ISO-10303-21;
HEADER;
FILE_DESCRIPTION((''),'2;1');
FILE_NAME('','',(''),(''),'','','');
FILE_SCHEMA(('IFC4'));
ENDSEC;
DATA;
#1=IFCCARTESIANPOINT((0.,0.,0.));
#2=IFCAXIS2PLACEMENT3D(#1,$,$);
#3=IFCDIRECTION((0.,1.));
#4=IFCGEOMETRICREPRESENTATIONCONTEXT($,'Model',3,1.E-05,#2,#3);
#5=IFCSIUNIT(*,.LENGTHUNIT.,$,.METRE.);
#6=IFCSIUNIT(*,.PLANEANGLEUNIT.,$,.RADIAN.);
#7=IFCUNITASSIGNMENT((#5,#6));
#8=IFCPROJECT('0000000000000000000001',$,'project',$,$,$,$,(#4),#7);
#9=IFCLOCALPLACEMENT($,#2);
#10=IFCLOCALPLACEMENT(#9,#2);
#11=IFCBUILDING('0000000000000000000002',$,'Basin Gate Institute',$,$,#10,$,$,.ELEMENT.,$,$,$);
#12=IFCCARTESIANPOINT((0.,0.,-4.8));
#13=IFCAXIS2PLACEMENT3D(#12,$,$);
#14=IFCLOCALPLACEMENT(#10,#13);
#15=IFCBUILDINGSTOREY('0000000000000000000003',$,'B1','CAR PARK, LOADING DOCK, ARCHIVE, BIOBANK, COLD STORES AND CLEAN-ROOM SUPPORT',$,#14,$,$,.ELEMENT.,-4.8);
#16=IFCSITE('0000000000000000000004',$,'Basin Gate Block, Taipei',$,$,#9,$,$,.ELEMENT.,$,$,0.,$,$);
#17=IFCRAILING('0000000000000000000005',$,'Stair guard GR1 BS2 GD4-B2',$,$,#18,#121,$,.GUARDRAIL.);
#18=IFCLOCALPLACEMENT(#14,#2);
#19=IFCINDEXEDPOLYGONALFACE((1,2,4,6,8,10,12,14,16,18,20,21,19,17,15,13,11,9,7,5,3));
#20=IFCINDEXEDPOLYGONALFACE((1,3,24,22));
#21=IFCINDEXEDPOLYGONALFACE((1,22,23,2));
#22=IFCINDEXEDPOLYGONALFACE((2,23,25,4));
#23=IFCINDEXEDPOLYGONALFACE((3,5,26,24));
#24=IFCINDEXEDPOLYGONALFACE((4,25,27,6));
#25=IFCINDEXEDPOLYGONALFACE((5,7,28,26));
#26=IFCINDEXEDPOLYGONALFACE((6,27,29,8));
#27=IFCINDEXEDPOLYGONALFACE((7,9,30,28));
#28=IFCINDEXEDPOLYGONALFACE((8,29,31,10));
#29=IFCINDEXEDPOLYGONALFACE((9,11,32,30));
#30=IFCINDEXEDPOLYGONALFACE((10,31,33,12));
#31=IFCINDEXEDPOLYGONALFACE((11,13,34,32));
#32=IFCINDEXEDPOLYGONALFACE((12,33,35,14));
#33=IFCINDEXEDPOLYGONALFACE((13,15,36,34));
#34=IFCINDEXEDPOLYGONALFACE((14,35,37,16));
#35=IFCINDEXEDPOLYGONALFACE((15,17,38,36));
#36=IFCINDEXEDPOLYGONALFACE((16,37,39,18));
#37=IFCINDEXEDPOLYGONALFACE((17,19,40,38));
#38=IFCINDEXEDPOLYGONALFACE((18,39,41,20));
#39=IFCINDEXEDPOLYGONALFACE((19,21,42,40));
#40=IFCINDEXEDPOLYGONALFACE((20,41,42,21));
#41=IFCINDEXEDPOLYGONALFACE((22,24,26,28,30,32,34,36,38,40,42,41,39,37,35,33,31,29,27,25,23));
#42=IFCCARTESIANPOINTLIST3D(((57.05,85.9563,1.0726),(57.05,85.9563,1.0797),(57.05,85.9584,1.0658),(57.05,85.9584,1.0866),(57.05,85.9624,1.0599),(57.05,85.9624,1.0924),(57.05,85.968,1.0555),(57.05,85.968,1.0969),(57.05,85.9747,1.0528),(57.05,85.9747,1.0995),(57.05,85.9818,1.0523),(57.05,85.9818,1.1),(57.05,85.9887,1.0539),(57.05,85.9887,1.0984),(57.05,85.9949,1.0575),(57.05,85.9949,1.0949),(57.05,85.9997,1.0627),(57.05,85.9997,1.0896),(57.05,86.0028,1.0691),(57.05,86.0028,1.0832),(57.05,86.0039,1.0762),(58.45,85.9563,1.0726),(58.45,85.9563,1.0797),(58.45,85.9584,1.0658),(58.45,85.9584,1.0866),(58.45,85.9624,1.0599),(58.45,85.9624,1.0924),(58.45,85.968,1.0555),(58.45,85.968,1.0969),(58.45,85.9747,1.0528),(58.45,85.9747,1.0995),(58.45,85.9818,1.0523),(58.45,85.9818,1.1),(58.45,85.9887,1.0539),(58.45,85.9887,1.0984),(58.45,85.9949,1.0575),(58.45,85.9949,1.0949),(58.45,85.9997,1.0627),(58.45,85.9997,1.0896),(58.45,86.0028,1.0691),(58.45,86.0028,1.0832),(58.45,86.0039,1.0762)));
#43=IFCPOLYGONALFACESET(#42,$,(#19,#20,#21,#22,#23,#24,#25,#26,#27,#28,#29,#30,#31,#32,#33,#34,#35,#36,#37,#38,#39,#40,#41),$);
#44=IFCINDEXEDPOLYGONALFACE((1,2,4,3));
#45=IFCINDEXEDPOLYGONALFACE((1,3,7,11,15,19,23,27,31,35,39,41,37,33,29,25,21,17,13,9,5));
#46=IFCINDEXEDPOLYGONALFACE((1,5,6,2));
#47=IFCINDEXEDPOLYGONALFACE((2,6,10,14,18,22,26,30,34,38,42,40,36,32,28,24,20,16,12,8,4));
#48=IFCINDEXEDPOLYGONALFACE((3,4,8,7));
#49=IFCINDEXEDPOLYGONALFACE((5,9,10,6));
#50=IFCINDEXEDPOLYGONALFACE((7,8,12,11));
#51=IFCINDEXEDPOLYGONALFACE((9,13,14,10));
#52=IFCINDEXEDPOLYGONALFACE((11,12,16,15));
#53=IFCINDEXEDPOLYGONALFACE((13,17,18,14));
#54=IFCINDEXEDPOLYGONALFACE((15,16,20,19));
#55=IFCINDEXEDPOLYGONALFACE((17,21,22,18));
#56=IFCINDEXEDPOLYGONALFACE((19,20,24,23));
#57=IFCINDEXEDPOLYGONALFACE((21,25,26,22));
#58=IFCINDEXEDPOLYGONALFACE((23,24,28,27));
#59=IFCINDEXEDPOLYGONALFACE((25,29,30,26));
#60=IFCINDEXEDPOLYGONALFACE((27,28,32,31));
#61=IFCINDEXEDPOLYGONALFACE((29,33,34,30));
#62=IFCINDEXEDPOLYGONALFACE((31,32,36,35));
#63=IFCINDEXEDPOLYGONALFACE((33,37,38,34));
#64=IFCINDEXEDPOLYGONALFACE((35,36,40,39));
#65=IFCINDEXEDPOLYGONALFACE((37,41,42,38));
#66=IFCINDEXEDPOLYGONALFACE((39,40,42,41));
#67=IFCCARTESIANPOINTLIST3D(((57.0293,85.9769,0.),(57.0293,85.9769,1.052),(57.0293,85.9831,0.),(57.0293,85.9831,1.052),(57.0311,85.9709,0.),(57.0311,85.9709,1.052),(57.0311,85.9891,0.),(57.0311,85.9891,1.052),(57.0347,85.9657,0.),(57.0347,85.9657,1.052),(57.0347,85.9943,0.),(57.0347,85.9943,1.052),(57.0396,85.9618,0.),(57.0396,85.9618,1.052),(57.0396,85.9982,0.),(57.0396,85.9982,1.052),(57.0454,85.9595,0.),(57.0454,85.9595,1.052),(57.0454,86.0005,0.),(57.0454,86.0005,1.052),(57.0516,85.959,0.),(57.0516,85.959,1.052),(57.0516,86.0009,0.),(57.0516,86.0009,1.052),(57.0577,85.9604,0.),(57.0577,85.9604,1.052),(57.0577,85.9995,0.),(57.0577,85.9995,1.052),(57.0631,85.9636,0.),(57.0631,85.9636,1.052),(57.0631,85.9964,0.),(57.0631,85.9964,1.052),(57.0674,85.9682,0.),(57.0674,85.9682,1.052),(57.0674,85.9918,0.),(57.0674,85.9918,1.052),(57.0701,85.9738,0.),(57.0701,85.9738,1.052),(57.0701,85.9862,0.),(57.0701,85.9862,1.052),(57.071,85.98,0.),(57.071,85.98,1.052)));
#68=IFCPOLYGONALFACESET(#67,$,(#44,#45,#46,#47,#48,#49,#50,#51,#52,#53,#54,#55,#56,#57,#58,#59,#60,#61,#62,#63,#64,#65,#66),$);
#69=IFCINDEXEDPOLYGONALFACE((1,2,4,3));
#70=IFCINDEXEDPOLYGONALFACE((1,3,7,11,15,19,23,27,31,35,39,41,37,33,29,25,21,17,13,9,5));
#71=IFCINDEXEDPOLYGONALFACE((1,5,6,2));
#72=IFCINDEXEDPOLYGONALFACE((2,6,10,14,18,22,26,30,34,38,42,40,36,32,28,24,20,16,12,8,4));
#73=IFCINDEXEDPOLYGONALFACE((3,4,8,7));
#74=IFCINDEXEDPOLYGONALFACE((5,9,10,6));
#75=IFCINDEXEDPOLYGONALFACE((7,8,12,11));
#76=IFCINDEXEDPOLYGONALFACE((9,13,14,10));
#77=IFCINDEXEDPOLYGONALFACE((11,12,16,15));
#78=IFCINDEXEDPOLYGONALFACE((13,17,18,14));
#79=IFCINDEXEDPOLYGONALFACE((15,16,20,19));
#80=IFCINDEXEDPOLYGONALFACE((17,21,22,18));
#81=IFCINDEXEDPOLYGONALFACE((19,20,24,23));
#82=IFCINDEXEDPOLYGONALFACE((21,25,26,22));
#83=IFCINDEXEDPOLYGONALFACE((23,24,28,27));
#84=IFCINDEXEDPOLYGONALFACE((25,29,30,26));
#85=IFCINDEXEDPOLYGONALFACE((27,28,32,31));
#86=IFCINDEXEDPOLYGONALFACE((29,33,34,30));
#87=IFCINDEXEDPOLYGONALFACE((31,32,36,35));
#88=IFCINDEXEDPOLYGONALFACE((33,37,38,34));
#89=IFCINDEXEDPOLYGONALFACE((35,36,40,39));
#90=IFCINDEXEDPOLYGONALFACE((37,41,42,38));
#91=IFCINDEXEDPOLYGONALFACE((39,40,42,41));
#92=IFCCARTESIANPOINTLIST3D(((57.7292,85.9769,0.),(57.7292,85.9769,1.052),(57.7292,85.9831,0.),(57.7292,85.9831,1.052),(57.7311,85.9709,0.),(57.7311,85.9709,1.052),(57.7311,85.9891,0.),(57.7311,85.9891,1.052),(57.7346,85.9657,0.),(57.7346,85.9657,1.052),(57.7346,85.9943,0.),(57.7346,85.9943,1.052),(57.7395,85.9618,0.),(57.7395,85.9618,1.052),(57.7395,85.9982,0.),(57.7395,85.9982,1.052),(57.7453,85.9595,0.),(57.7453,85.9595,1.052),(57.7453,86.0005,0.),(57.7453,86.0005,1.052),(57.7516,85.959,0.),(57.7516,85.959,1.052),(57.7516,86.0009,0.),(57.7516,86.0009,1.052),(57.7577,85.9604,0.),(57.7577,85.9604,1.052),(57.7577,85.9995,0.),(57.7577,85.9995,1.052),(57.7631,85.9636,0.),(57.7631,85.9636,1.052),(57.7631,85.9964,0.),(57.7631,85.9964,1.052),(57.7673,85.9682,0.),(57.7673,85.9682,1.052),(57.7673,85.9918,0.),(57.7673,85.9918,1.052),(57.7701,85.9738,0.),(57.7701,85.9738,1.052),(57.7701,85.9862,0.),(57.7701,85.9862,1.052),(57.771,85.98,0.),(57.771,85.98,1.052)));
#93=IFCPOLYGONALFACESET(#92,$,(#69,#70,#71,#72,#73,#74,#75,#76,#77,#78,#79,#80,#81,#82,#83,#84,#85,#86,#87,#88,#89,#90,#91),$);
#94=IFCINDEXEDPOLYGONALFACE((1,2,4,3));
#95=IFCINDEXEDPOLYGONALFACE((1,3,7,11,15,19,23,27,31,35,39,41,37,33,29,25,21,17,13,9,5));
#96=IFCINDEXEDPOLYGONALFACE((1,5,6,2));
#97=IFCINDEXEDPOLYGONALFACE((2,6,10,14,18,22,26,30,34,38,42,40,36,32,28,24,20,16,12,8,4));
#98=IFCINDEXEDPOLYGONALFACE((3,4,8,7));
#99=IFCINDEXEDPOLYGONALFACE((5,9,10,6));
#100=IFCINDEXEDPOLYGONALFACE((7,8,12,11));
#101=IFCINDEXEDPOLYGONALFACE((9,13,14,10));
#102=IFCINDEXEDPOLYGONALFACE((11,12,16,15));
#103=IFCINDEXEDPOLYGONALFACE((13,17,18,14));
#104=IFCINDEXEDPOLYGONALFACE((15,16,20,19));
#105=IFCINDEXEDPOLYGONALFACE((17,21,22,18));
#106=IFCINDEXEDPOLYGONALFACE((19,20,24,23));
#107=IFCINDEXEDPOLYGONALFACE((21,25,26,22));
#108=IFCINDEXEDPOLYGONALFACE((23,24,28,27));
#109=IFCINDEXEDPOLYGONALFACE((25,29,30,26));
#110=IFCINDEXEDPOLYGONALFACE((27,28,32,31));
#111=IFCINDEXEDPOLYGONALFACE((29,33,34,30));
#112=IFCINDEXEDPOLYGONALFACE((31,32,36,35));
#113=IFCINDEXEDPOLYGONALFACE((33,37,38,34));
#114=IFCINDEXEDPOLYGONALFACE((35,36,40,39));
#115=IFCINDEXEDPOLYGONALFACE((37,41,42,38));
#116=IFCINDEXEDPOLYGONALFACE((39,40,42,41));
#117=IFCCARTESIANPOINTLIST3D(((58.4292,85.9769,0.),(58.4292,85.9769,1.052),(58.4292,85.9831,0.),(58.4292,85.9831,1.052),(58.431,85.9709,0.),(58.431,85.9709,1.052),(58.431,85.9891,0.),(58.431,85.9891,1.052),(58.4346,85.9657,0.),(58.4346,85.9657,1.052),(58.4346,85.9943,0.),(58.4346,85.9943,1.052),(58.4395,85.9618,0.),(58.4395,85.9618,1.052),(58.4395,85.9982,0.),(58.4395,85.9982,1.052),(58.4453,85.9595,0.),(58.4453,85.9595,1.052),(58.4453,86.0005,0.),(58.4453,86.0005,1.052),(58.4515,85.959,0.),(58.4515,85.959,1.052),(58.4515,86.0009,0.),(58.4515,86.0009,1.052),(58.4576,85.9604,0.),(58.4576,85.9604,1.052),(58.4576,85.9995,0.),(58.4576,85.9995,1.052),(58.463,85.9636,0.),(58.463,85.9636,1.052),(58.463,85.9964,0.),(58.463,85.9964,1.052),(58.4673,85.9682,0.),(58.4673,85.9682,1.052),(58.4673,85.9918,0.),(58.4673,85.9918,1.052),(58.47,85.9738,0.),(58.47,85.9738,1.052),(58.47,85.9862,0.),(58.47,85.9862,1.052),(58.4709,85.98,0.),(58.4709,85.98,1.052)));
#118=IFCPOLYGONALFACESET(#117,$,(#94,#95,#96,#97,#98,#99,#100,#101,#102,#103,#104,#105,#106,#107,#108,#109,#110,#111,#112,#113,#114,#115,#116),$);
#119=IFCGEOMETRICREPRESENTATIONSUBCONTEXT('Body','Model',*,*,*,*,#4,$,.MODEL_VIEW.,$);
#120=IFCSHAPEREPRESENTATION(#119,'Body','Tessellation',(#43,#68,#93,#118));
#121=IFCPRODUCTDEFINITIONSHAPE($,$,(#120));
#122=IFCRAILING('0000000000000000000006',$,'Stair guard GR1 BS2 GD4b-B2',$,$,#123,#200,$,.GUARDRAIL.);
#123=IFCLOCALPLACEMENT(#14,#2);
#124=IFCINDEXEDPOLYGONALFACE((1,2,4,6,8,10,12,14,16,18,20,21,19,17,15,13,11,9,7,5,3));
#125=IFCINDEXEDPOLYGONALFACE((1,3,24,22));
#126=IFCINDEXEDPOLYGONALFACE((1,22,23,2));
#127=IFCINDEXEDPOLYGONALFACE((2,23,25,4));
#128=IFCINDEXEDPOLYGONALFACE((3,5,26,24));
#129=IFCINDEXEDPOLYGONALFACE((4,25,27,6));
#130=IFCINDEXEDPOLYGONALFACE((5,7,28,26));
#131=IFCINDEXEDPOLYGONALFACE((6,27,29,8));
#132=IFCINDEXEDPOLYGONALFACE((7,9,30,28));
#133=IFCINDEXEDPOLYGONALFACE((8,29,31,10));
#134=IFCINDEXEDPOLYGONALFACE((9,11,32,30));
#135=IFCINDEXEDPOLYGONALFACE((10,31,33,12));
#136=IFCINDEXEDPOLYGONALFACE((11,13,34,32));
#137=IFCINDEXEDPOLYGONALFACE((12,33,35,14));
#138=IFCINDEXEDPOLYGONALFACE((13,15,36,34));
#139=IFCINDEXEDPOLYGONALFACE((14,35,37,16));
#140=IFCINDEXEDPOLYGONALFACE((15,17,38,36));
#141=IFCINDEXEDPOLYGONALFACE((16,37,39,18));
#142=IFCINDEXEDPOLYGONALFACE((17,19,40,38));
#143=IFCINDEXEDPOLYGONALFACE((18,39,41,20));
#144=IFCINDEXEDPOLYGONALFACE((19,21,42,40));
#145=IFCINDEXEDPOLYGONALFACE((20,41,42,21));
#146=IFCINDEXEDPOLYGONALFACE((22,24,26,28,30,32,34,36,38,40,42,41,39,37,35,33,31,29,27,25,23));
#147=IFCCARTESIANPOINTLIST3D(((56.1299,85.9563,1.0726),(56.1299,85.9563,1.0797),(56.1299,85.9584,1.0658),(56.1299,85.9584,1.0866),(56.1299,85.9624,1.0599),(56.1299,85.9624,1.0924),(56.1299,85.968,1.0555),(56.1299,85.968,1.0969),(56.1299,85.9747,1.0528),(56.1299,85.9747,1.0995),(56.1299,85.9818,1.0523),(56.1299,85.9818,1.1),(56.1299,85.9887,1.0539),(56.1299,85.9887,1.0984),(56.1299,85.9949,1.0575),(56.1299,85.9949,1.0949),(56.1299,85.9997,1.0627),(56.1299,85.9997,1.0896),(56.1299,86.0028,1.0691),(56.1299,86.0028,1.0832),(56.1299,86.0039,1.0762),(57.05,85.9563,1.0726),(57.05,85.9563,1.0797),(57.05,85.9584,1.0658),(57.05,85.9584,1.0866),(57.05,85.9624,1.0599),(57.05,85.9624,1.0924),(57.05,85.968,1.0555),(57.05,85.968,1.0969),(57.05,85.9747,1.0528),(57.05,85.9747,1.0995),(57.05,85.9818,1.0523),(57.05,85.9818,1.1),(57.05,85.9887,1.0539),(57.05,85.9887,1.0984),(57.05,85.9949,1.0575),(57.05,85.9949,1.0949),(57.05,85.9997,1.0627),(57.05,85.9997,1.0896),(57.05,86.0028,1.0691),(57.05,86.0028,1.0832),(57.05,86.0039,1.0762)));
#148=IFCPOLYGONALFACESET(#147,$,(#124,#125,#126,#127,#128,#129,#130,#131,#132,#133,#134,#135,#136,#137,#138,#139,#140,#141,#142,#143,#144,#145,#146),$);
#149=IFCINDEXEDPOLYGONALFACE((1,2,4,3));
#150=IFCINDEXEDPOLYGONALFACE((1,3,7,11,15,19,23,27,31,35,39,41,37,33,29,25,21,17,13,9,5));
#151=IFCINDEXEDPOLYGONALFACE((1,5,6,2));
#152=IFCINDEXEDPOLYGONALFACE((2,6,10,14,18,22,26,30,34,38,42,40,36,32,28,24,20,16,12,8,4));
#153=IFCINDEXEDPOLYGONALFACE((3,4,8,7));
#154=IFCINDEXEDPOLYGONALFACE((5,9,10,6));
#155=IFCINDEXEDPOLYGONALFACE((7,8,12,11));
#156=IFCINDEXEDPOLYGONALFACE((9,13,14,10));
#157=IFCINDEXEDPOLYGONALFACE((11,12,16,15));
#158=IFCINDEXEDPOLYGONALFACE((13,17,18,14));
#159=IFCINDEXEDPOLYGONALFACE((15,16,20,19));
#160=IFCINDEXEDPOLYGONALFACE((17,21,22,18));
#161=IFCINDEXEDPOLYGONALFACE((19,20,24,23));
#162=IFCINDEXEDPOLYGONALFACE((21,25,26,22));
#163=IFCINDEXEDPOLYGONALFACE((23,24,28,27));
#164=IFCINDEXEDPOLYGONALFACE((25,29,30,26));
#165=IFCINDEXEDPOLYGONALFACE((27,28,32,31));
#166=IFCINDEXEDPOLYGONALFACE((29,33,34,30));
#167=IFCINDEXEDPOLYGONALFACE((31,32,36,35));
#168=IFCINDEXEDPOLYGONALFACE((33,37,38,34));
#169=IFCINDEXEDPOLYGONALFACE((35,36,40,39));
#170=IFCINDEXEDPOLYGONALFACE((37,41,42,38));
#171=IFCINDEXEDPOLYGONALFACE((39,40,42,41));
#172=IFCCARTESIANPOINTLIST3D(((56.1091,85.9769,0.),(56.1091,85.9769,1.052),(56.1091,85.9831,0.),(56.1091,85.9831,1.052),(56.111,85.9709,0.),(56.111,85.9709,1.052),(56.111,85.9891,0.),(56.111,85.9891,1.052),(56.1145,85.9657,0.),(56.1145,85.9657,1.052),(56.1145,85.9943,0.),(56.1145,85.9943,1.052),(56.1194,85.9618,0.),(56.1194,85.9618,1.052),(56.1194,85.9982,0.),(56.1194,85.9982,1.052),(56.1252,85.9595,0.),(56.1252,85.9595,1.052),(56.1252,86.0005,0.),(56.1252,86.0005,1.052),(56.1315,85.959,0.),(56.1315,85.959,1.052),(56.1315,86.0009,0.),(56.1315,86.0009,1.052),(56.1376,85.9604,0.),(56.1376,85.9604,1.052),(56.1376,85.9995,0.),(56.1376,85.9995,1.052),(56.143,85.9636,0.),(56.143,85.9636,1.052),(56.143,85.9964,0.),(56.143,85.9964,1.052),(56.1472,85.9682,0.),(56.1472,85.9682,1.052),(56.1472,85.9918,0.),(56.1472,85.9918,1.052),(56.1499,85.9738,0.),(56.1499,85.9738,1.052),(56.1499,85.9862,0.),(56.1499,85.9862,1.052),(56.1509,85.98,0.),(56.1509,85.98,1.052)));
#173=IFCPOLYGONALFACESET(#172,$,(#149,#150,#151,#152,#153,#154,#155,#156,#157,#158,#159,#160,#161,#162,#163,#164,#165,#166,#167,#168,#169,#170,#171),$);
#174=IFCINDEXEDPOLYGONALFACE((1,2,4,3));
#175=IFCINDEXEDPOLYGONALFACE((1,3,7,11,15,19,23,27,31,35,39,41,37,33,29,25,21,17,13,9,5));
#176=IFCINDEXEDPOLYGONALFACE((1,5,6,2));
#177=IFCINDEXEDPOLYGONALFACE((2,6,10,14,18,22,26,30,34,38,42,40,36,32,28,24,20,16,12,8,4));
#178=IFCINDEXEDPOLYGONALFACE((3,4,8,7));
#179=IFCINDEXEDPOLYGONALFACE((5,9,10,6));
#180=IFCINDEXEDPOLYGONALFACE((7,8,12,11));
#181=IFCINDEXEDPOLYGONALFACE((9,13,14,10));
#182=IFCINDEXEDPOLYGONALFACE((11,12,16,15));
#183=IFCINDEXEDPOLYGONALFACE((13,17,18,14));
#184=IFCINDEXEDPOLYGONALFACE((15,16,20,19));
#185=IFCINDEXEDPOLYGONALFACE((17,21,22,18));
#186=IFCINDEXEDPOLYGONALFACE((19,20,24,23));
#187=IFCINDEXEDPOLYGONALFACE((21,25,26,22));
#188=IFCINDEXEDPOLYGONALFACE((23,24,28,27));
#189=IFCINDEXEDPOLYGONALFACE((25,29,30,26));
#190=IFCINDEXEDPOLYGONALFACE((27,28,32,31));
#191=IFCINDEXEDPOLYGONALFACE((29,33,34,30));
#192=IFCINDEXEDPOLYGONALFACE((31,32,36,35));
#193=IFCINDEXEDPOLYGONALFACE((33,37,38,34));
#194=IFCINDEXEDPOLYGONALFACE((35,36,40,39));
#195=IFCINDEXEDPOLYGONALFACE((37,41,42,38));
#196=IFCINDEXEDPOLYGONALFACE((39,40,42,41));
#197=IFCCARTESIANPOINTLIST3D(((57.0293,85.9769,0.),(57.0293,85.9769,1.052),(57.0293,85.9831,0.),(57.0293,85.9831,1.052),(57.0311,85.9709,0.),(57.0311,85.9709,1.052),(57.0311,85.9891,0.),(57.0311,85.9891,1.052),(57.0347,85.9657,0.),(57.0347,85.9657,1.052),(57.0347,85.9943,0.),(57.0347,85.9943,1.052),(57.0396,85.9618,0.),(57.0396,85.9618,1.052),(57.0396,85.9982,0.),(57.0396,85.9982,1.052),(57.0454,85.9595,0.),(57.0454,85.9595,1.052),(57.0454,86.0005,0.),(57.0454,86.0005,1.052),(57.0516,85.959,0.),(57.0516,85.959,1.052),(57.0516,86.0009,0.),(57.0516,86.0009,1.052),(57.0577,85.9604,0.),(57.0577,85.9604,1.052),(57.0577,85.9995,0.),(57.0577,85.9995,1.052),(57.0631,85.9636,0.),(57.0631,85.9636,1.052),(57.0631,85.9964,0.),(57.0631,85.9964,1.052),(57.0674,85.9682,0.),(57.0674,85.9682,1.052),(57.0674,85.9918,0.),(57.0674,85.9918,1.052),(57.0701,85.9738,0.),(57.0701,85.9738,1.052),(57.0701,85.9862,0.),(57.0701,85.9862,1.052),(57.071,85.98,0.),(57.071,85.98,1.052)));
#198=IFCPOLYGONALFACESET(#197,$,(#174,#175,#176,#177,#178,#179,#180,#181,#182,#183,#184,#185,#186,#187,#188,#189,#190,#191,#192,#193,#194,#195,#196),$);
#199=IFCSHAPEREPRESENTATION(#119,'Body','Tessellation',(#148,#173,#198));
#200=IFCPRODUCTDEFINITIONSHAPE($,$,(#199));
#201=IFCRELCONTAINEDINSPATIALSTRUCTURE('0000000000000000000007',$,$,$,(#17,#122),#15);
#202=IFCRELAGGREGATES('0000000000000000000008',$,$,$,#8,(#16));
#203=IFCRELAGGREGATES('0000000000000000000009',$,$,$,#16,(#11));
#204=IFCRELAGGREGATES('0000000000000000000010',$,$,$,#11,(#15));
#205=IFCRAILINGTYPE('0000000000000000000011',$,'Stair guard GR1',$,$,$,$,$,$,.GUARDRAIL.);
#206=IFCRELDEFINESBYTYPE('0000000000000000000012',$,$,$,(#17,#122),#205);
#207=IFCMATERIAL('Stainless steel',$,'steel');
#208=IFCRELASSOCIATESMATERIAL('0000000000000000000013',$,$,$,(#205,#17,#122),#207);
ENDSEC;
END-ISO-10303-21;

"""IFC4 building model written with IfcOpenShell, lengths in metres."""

from ifc_helpers import new_model, si_unit, direction, frame, origin, origin_2d, place, context, subcontext, project, spatial, circle, extrude, material, type_object, element, save


model = new_model("IFC4")

# Units and contexts
model_context = context("Model", 3, precision=1e-05, world=origin(), true_north=direction((0.0, 1.0)))
body_context = subcontext(model_context, "Body", "Model", "MODEL_VIEW")
ifc_project = project(units=[si_unit("LENGTHUNIT", "METRE"), si_unit("PLANEANGLEUNIT", "RADIAN")], contexts=[model_context])

# Site, building, storey
site_placement = place(None, origin())
site = spatial("IfcSite", under=ifc_project, at=site_placement, Name="Basin Gate Block, Taipei", CompositionType="ELEMENT", RefElevation=0.0)
building_placement = place(site_placement, origin())
building = spatial("IfcBuilding", under=site, at=building_placement, Name="Basin Gate Institute", CompositionType="ELEMENT")
storey_placement = place(building_placement, frame((0.0, 0.0, -4.8)))
storey = spatial("IfcBuildingStorey", under=building, at=storey_placement, Name="B1", Description="CAR PARK, LOADING DOCK, ARCHIVE, BIOBANK, COLD STORES AND CLEAN-ROOM SUPPORT", CompositionType="ELEMENT", Elevation=-4.8)

# Railings
ifc_material_1 = material(Name="Stainless steel", Category="steel")
railing_type_1 = type_object("IfcRailingType", Name="Stair guard GR1", PredefinedType="GUARDRAIL", material=ifc_material_1)
railing_1_placement = place(storey_placement, frame((57.05, 85.98, 0.0)))
element("IfcRailing", 1, at=railing_1_placement, inside=storey, type_object=railing_type_1, material=ifc_material_1, Name="Stair guard GR1 BS2 GD4-B2", PredefinedType="GUARDRAIL", context=body_context, shape_type="SweptSolid", body=[
    extrude(circle(Radius=0.0239, at=origin_2d()), frame((0.0, 0.0, 1.0762), z_axis=(1.0, 0.0, 0.0), x_axis=(0.0, 1.0, 0.0)), (0.0, 0.0, 1.0), 1.3999),
    extrude(circle(Radius=0.021, at=origin_2d()), origin(), (0.0, 0.0, 1.0), 1.052),
    extrude(circle(Radius=0.021, at=origin_2d()), frame((0.7, 0.0, 0.0)), (0.0, 0.0, 1.0), 1.052),
    extrude(circle(Radius=0.021, at=origin_2d()), frame((1.3999, 0.0, 0.0)), (0.0, 0.0, 1.0), 1.052),
])
railing_2_placement = place(storey_placement, frame((56.1299, 85.98, 0.0)))
element("IfcRailing", 2, at=railing_2_placement, inside=storey, type_object=railing_type_1, material=ifc_material_1, Name="Stair guard GR1 BS2 GD4b-B2", PredefinedType="GUARDRAIL", context=body_context, shape_type="SweptSolid", body=[
    extrude(circle(Radius=0.0239, at=origin_2d()), frame((0.0, 0.0, 1.0762), z_axis=(1.0, 0.0, 0.0), x_axis=(0.0, 1.0, 0.0)), (0.0, 0.0, 1.0), 0.9202),
    extrude(circle(Radius=0.021, at=origin_2d()), origin(), (0.0, 0.0, 1.0), 1.052),
    extrude(circle(Radius=0.021, at=origin_2d()), frame((0.9202, 0.0, 0.0)), (0.0, 0.0, 1.0), 1.052),
])

save(model, "model.ifc")
